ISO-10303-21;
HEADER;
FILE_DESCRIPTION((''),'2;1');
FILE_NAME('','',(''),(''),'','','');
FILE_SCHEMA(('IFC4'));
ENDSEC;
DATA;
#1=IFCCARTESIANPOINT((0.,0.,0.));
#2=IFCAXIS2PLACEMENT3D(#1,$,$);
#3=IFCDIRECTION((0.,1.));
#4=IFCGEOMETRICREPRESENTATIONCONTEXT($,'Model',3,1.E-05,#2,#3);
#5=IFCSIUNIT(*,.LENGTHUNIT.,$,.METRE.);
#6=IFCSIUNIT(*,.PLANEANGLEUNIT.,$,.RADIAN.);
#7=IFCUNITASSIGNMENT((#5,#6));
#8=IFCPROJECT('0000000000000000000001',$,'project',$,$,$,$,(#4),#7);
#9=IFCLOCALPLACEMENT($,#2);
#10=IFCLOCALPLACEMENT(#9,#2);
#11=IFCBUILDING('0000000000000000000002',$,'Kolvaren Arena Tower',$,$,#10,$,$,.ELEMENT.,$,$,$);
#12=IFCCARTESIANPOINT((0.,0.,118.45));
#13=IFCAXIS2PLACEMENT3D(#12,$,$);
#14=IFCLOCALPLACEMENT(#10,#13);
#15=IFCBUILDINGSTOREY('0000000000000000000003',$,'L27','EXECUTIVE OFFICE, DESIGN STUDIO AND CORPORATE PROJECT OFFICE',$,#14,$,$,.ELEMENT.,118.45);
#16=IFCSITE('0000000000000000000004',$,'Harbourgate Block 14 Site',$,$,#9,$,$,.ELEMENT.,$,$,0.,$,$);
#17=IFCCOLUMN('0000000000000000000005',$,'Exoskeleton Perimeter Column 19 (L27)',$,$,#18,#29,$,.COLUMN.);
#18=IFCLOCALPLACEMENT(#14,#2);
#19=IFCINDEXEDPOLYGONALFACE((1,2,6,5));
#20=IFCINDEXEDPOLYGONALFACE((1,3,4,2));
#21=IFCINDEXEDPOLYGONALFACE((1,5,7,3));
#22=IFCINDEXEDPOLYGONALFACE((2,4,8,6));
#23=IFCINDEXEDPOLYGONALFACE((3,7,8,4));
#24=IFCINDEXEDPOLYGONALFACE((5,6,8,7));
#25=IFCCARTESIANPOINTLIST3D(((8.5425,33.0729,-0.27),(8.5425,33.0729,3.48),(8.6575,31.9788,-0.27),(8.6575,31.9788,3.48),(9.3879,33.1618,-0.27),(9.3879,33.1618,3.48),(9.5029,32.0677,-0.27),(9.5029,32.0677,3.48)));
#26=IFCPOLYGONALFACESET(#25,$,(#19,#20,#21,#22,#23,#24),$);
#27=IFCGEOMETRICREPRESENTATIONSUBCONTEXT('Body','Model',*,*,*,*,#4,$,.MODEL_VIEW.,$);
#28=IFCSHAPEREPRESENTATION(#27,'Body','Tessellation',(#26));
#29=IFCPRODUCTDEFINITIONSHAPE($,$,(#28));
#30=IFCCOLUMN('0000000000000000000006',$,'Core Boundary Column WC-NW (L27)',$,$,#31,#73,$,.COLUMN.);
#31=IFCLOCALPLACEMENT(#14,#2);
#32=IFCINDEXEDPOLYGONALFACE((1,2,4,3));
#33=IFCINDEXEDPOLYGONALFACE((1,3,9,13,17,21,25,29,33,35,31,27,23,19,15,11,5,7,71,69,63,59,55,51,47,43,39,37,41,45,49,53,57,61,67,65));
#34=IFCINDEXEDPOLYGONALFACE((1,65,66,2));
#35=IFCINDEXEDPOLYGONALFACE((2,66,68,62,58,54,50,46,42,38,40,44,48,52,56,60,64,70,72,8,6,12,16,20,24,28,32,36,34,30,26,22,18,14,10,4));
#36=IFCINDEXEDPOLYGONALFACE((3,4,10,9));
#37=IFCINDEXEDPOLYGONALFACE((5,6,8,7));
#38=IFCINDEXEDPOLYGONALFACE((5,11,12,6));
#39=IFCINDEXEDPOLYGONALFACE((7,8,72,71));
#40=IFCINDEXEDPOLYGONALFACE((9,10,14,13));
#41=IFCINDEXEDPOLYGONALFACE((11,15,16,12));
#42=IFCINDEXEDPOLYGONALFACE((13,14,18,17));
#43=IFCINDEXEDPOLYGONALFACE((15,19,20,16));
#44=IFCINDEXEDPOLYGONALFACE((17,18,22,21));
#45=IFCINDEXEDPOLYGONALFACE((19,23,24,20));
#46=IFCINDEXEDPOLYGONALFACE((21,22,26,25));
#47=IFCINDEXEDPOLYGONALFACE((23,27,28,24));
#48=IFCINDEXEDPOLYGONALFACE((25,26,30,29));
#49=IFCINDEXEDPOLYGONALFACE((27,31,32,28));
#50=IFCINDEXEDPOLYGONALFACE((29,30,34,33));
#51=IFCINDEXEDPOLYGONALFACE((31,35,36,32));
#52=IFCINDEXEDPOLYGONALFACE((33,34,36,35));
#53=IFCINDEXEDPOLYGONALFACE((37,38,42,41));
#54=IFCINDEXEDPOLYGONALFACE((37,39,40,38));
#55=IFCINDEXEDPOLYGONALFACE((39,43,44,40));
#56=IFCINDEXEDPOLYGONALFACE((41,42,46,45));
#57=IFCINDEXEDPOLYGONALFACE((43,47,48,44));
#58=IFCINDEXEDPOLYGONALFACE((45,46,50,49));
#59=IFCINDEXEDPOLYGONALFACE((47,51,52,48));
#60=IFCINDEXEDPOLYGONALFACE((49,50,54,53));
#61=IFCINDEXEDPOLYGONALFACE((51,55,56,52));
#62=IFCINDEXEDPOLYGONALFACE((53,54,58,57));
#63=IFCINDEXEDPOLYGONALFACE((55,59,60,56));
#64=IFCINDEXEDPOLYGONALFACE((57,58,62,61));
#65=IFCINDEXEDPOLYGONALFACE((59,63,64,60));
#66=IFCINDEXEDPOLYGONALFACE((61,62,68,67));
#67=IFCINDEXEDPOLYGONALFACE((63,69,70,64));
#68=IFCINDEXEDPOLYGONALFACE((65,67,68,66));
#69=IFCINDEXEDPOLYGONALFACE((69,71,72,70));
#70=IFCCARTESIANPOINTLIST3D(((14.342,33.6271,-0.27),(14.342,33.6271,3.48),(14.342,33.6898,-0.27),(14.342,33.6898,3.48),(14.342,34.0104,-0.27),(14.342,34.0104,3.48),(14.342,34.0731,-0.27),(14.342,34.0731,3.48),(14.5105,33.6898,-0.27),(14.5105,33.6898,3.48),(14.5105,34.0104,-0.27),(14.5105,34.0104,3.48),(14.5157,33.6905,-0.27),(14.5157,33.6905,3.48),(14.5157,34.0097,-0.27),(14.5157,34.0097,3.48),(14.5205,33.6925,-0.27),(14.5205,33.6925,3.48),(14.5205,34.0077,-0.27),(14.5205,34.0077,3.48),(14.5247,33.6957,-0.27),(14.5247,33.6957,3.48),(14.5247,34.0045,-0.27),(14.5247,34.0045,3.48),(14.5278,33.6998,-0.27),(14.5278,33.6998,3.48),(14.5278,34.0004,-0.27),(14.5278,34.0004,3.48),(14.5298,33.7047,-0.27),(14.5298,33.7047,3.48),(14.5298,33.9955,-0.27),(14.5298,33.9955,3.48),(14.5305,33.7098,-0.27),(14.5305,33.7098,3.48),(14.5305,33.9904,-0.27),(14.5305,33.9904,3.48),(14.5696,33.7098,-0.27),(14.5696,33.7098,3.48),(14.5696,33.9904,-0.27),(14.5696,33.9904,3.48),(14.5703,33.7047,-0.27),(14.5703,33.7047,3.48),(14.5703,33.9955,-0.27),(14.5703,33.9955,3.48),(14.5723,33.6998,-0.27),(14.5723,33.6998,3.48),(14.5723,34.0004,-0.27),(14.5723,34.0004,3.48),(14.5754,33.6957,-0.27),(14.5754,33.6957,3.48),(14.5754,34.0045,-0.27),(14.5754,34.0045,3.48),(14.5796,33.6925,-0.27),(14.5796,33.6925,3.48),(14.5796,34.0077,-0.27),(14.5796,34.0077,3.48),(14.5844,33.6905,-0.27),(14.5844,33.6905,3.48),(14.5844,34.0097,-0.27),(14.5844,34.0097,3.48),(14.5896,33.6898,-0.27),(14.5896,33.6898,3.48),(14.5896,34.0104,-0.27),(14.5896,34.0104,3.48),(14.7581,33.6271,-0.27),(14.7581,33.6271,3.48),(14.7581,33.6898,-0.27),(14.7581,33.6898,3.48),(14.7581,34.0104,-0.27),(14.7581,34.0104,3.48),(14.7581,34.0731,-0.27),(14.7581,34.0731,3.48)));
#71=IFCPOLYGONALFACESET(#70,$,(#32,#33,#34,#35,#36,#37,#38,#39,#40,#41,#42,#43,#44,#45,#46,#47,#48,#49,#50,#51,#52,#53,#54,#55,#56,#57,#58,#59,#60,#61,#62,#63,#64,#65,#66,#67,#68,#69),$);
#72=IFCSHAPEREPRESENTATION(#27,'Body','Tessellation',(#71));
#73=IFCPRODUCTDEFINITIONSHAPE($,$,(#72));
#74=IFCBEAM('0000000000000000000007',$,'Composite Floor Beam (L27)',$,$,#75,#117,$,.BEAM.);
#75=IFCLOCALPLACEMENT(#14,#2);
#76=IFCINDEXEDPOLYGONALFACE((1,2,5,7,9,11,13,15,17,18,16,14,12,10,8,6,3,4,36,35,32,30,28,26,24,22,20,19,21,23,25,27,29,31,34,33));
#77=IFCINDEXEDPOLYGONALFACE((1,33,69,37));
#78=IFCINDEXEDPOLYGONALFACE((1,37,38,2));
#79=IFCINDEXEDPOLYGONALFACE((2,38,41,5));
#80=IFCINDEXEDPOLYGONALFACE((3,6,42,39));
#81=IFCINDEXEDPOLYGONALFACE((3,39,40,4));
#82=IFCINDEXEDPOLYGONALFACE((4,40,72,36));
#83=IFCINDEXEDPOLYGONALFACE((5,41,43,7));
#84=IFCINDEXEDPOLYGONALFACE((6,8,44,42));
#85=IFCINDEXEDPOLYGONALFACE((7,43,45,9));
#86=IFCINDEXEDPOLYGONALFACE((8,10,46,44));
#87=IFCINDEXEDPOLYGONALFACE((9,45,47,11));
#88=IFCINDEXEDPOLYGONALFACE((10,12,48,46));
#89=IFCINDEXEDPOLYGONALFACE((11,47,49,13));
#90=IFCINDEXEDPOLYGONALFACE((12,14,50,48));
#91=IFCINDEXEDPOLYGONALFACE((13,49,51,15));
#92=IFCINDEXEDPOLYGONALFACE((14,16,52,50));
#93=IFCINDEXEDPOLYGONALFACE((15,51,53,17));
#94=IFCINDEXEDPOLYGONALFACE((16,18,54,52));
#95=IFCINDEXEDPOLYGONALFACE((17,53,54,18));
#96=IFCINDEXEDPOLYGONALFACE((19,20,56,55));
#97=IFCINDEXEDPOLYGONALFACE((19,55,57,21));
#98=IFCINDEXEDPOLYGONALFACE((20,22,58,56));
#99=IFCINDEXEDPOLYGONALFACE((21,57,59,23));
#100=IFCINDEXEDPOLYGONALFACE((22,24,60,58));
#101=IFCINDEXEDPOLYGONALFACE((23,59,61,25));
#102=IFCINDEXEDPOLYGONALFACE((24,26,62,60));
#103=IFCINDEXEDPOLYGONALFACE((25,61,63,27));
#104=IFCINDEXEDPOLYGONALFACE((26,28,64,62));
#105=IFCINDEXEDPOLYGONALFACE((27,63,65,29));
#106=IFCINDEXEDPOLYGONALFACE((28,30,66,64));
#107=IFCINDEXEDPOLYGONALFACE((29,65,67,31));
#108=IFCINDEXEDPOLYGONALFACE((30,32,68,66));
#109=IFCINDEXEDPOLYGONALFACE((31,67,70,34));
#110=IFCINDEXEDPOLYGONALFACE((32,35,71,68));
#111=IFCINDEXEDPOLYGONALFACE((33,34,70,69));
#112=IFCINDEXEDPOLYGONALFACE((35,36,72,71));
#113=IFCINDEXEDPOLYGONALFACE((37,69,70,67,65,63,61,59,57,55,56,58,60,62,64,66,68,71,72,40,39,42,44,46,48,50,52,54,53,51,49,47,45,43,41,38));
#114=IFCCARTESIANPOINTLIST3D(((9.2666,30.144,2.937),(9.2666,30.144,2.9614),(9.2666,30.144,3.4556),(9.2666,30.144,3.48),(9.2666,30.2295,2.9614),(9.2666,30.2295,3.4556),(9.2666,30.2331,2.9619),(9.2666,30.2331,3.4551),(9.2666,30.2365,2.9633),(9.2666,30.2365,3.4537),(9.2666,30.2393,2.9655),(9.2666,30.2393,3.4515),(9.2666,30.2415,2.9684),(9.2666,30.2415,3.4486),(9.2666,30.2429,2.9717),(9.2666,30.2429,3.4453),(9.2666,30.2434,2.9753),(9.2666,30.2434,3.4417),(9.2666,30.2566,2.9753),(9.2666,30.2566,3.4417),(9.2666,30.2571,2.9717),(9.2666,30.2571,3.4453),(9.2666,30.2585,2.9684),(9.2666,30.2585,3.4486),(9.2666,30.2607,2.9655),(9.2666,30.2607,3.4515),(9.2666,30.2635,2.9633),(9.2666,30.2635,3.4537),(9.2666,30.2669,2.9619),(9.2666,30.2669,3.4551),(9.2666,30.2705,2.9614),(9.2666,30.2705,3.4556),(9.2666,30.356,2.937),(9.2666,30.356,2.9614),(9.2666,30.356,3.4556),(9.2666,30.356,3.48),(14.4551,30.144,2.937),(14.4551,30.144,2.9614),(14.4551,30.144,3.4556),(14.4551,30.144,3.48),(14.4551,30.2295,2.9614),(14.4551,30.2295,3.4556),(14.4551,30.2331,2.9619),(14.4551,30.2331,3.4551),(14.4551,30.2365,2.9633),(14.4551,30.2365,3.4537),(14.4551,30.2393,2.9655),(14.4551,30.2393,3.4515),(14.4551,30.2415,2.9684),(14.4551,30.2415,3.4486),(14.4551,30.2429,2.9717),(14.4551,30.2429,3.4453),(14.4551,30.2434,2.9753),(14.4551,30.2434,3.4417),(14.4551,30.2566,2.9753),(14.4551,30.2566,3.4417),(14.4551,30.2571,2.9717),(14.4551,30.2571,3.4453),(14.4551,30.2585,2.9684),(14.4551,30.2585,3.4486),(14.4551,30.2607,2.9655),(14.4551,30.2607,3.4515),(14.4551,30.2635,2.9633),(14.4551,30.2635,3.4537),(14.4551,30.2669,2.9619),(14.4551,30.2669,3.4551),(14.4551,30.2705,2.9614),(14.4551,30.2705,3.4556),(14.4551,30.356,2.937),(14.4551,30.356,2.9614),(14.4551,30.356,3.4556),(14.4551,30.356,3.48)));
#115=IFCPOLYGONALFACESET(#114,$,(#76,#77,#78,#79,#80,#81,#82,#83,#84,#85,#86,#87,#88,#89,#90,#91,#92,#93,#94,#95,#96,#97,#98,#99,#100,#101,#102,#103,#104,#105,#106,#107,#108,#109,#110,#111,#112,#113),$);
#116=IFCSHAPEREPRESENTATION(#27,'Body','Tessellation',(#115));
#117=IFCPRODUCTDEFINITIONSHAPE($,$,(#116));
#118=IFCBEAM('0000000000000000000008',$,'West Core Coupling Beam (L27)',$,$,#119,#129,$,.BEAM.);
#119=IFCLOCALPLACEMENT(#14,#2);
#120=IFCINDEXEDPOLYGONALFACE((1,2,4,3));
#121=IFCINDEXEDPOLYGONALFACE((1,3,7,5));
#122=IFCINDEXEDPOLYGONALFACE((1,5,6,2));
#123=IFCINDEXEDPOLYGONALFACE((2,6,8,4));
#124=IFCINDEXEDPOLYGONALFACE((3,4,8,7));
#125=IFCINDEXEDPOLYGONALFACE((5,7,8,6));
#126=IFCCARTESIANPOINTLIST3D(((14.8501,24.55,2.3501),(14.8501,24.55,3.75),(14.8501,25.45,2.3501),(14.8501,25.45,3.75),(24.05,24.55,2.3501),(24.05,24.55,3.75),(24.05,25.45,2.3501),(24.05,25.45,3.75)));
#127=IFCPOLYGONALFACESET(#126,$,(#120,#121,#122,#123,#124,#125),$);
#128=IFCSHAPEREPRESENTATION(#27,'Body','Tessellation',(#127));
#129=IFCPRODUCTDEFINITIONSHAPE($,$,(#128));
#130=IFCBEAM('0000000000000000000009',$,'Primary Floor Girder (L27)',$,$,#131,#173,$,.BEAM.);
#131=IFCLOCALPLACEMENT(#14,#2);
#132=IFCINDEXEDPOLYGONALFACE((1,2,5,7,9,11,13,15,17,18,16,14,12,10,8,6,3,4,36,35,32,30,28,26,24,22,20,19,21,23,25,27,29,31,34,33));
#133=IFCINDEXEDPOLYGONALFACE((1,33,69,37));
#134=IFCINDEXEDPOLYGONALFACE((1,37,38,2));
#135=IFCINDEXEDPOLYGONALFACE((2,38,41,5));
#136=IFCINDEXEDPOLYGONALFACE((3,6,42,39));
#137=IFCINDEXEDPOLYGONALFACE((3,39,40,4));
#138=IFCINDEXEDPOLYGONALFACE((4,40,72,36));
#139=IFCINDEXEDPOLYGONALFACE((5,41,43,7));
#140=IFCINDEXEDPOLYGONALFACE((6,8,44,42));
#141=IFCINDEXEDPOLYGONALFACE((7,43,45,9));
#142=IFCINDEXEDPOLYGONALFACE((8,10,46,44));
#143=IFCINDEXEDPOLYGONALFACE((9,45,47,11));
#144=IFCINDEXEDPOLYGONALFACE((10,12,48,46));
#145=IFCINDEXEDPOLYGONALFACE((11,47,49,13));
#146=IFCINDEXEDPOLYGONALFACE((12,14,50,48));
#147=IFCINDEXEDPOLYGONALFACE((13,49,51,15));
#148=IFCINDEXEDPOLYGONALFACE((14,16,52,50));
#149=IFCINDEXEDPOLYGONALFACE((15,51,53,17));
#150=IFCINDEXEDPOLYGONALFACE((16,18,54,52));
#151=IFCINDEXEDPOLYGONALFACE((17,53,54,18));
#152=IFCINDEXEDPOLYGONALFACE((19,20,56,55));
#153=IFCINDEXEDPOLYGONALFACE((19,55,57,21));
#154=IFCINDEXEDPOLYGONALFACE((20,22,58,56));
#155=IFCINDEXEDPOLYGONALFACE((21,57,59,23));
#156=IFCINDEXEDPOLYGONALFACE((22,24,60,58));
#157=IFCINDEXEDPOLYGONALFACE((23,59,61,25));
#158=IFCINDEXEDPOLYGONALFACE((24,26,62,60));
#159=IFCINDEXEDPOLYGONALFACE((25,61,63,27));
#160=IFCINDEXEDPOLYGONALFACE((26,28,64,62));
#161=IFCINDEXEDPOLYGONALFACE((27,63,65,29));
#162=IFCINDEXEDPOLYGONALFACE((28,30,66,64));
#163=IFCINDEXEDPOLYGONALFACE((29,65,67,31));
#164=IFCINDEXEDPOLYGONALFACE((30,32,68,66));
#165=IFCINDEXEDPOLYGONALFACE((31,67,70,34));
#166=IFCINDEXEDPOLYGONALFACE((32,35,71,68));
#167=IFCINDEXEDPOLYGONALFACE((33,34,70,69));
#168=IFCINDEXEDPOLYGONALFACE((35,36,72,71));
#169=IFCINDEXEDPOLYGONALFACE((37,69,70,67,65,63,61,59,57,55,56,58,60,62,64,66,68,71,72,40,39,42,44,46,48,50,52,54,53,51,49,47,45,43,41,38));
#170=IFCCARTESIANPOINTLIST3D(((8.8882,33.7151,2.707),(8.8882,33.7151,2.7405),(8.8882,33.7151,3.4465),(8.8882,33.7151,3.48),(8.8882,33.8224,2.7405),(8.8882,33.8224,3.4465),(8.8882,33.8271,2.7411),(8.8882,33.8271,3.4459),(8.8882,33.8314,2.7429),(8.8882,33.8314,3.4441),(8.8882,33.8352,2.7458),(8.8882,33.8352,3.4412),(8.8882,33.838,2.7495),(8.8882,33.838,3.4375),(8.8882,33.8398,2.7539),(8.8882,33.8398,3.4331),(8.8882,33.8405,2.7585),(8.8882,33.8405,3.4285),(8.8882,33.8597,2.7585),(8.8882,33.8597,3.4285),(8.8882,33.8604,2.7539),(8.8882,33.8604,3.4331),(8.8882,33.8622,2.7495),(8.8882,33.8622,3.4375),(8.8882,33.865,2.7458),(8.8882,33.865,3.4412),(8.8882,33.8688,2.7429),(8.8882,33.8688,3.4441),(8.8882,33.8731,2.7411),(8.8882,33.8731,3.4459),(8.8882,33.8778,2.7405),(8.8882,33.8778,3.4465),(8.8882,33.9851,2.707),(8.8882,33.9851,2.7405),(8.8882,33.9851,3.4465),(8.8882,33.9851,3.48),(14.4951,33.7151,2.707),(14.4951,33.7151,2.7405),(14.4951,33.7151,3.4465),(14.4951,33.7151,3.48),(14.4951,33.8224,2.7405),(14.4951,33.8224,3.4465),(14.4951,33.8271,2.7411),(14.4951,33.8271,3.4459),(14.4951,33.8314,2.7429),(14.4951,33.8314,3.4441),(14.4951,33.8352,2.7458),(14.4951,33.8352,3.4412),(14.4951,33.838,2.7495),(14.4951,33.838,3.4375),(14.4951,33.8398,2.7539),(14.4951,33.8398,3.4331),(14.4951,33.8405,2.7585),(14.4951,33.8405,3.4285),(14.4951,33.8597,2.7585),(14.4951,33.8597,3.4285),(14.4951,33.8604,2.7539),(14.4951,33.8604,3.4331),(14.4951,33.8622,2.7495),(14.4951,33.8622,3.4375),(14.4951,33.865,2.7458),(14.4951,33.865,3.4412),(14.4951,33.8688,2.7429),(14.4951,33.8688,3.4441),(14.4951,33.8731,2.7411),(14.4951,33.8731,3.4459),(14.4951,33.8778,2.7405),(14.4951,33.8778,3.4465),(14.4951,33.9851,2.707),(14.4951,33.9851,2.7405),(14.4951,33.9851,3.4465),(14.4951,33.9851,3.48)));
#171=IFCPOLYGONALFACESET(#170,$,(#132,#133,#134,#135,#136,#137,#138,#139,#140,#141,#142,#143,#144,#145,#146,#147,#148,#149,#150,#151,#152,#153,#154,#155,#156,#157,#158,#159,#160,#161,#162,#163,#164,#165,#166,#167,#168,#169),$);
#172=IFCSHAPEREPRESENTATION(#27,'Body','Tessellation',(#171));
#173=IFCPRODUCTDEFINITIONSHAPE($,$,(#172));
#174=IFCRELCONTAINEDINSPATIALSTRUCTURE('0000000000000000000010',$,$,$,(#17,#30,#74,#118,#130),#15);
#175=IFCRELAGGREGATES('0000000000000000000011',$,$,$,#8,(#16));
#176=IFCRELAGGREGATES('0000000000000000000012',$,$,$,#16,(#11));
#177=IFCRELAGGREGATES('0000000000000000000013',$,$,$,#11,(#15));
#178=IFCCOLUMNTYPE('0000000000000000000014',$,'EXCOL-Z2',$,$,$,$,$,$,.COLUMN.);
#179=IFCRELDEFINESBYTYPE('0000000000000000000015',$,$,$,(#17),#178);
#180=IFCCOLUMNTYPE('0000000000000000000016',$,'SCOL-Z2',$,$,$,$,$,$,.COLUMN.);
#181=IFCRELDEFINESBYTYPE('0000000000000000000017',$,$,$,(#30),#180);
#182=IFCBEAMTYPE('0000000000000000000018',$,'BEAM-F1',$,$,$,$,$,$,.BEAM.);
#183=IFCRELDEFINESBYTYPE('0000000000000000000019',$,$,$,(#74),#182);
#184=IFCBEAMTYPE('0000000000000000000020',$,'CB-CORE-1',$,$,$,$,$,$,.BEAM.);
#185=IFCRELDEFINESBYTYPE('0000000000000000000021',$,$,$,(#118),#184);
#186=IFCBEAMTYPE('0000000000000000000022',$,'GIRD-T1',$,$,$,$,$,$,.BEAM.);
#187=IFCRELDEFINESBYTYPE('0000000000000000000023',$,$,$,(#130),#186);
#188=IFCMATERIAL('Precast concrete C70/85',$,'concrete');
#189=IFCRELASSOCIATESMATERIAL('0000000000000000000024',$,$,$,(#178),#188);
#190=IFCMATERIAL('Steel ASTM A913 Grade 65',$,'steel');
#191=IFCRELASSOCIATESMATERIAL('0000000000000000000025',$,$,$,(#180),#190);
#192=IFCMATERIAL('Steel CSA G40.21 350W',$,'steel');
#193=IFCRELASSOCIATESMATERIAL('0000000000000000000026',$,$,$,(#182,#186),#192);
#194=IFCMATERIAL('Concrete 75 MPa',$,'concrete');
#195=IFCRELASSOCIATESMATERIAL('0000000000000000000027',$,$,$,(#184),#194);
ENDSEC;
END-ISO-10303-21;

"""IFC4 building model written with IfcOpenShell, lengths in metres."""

from ifc_helpers import new_model, si_unit, direction, frame, origin, origin_2d, place, context, subcontext, project, spatial, rectangle, i_section, extrude, material, material_profile, profile_set, type_object, element, save


model = new_model("IFC4")

# Units and contexts
model_context = context("Model", 3, precision=1e-05, world=origin(), true_north=direction((0.0, 1.0)))
body_context = subcontext(model_context, "Body", "Model", "MODEL_VIEW")
ifc_project = project(units=[si_unit("LENGTHUNIT", "METRE"), si_unit("PLANEANGLEUNIT", "RADIAN")], contexts=[model_context])

# Site, building, storey
site_placement = place(None, origin())
site = spatial("IfcSite", under=ifc_project, at=site_placement, Name="Harbourgate Block 14 Site", CompositionType="ELEMENT", RefElevation=0.0)
building_placement = place(site_placement, origin())
building = spatial("IfcBuilding", under=site, at=building_placement, Name="Kolvaren Arena Tower", CompositionType="ELEMENT")
storey_placement = place(building_placement, frame((0.0, 0.0, 118.45)))
storey = spatial("IfcBuildingStorey", under=building, at=storey_placement, Name="L27", Description="EXECUTIVE OFFICE, DESIGN STUDIO AND CORPORATE PROJECT OFFICE", CompositionType="ELEMENT", Elevation=118.45)

# Columns
ifc_material_1 = material(Name="Precast concrete C70/85", Category="concrete")
ifc_material_profile_1 = material_profile(ifc_material_1, rectangle(XDim=1.1001, YDim=0.8501, at=origin_2d()), Name="RC-1100x850")
ifc_profile_set_1 = profile_set([ifc_material_profile_1], Name="Precast concrete C70/85")
column_type_1 = type_object("IfcColumnType", Name="EXCOL-Z2", PredefinedType="COLUMN", material=ifc_profile_set_1)
column_1_placement = place(storey_placement, frame((9.0227, 32.5703, -0.27), z_axis=(0.0, 0.0, 1.0), x_axis=(-0.104528, 0.994522, 0.0)))
element("IfcColumn", 1, at=column_1_placement, inside=storey, type_object=column_type_1, Name="Exoskeleton Perimeter Column 19 (L27)", PredefinedType="COLUMN", context=body_context, shape_type="SweptSolid", body=[
    extrude(rectangle(XDim=1.1001, YDim=0.8501, at=origin_2d()), origin(), (0.0, 0.0, 1.0), 3.75),
])
ifc_material_2 = material(Name="Steel ASTM A913 Grade 65", Category="steel")
ifc_material_profile_2 = material_profile(ifc_material_2, i_section(OverallWidth=0.416, OverallDepth=0.446, WebThickness=0.0391, FlangeThickness=0.0627, FilletRadius=0.02, at=origin_2d()), Name="W360x509")
ifc_profile_set_2 = profile_set([ifc_material_profile_2], Name="Steel ASTM A913 Grade 65")
column_type_2 = type_object("IfcColumnType", Name="SCOL-Z2", PredefinedType="COLUMN", material=ifc_profile_set_2)
column_2_placement = place(storey_placement, frame((14.55, 33.8501, -0.27), z_axis=(0.0, 0.0, 1.0), x_axis=(1.0, 0.0, 0.0)))
element("IfcColumn", 2, at=column_2_placement, inside=storey, type_object=column_type_2, Name="Core Boundary Column WC-NW (L27)", PredefinedType="COLUMN", context=body_context, shape_type="SweptSolid", body=[
    extrude(i_section(OverallWidth=0.416, OverallDepth=0.446, WebThickness=0.0391, FlangeThickness=0.0627, FilletRadius=0.02, at=origin_2d()), origin(), (0.0, 0.0, 1.0), 3.75),
])

# Beams
ifc_material_3 = material(Name="Steel CSA G40.21 350W", Category="steel")
ifc_material_profile_3 = material_profile(ifc_material_3, i_section(OverallWidth=0.2119, OverallDepth=0.543, WebThickness=0.0132, FlangeThickness=0.0244, FilletRadius=0.0139, at=origin_2d()), Name="W530x150")
ifc_profile_set_3 = profile_set([ifc_material_profile_3], Name="Steel CSA G40.21 350W")
beam_type_1 = type_object("IfcBeamType", Name="BEAM-F1", PredefinedType="BEAM", material=ifc_profile_set_3)
beam_1_placement = place(storey_placement, frame((9.2666, 30.25, 3.2085), z_axis=(1.0, 0.0, 0.0), x_axis=(0.0, 1.0, 0.0)))
element("IfcBeam", 3, at=beam_1_placement, inside=storey, type_object=beam_type_1, Name="Composite Floor Beam (L27)", PredefinedType="BEAM", context=body_context, shape_type="SweptSolid", body=[
    extrude(i_section(OverallWidth=0.2119, OverallDepth=0.543, WebThickness=0.0132, FlangeThickness=0.0244, FilletRadius=0.0139, at=origin_2d()), origin(), (0.0, 0.0, 1.0), 5.1885),
])
ifc_material_4 = material(Name="Concrete 75 MPa", Category="concrete")
ifc_material_profile_4 = material_profile(ifc_material_4, rectangle(XDim=0.8999, YDim=1.3999, at=origin_2d()), Name="RC-900x1400")
ifc_profile_set_4 = profile_set([ifc_material_profile_4], Name="Concrete 75 MPa")
beam_type_2 = type_object("IfcBeamType", Name="CB-CORE-1", PredefinedType="BEAM", material=ifc_profile_set_4)
beam_2_placement = place(storey_placement, frame((14.8501, 25.0, 3.05), z_axis=(1.0, 0.0, 0.0), x_axis=(0.0, 1.0, 0.0)))
element("IfcBeam", 4, at=beam_2_placement, inside=storey, type_object=beam_type_2, Name="West Core Coupling Beam (L27)", PredefinedType="BEAM", context=body_context, shape_type="SweptSolid", body=[
    extrude(rectangle(XDim=0.8999, YDim=1.3999, at=origin_2d()), origin(), (0.0, 0.0, 1.0), 9.2),
])
ifc_material_profile_5 = material_profile(ifc_material_3, i_section(OverallWidth=0.27, OverallDepth=0.7729, WebThickness=0.0193, FlangeThickness=0.0334, FilletRadius=0.0181, at=origin_2d()), Name="W760x257")
ifc_profile_set_5 = profile_set([ifc_material_profile_5], Name="Steel CSA G40.21 350W")
beam_type_3 = type_object("IfcBeamType", Name="GIRD-T1", PredefinedType="BEAM", material=ifc_profile_set_5)
beam_3_placement = place(storey_placement, frame((8.8882, 33.8501, 3.0935), z_axis=(1.0, 0.0, 0.0), x_axis=(0.0, 1.0, 0.0)))
element("IfcBeam", 5, at=beam_3_placement, inside=storey, type_object=beam_type_3, Name="Primary Floor Girder (L27)", PredefinedType="BEAM", context=body_context, shape_type="SweptSolid", body=[
    extrude(i_section(OverallWidth=0.27, OverallDepth=0.7729, WebThickness=0.0193, FlangeThickness=0.0334, FilletRadius=0.0181, at=origin_2d()), origin(), (0.0, 0.0, 1.0), 5.6069),
])

save(model, "model.ifc")
